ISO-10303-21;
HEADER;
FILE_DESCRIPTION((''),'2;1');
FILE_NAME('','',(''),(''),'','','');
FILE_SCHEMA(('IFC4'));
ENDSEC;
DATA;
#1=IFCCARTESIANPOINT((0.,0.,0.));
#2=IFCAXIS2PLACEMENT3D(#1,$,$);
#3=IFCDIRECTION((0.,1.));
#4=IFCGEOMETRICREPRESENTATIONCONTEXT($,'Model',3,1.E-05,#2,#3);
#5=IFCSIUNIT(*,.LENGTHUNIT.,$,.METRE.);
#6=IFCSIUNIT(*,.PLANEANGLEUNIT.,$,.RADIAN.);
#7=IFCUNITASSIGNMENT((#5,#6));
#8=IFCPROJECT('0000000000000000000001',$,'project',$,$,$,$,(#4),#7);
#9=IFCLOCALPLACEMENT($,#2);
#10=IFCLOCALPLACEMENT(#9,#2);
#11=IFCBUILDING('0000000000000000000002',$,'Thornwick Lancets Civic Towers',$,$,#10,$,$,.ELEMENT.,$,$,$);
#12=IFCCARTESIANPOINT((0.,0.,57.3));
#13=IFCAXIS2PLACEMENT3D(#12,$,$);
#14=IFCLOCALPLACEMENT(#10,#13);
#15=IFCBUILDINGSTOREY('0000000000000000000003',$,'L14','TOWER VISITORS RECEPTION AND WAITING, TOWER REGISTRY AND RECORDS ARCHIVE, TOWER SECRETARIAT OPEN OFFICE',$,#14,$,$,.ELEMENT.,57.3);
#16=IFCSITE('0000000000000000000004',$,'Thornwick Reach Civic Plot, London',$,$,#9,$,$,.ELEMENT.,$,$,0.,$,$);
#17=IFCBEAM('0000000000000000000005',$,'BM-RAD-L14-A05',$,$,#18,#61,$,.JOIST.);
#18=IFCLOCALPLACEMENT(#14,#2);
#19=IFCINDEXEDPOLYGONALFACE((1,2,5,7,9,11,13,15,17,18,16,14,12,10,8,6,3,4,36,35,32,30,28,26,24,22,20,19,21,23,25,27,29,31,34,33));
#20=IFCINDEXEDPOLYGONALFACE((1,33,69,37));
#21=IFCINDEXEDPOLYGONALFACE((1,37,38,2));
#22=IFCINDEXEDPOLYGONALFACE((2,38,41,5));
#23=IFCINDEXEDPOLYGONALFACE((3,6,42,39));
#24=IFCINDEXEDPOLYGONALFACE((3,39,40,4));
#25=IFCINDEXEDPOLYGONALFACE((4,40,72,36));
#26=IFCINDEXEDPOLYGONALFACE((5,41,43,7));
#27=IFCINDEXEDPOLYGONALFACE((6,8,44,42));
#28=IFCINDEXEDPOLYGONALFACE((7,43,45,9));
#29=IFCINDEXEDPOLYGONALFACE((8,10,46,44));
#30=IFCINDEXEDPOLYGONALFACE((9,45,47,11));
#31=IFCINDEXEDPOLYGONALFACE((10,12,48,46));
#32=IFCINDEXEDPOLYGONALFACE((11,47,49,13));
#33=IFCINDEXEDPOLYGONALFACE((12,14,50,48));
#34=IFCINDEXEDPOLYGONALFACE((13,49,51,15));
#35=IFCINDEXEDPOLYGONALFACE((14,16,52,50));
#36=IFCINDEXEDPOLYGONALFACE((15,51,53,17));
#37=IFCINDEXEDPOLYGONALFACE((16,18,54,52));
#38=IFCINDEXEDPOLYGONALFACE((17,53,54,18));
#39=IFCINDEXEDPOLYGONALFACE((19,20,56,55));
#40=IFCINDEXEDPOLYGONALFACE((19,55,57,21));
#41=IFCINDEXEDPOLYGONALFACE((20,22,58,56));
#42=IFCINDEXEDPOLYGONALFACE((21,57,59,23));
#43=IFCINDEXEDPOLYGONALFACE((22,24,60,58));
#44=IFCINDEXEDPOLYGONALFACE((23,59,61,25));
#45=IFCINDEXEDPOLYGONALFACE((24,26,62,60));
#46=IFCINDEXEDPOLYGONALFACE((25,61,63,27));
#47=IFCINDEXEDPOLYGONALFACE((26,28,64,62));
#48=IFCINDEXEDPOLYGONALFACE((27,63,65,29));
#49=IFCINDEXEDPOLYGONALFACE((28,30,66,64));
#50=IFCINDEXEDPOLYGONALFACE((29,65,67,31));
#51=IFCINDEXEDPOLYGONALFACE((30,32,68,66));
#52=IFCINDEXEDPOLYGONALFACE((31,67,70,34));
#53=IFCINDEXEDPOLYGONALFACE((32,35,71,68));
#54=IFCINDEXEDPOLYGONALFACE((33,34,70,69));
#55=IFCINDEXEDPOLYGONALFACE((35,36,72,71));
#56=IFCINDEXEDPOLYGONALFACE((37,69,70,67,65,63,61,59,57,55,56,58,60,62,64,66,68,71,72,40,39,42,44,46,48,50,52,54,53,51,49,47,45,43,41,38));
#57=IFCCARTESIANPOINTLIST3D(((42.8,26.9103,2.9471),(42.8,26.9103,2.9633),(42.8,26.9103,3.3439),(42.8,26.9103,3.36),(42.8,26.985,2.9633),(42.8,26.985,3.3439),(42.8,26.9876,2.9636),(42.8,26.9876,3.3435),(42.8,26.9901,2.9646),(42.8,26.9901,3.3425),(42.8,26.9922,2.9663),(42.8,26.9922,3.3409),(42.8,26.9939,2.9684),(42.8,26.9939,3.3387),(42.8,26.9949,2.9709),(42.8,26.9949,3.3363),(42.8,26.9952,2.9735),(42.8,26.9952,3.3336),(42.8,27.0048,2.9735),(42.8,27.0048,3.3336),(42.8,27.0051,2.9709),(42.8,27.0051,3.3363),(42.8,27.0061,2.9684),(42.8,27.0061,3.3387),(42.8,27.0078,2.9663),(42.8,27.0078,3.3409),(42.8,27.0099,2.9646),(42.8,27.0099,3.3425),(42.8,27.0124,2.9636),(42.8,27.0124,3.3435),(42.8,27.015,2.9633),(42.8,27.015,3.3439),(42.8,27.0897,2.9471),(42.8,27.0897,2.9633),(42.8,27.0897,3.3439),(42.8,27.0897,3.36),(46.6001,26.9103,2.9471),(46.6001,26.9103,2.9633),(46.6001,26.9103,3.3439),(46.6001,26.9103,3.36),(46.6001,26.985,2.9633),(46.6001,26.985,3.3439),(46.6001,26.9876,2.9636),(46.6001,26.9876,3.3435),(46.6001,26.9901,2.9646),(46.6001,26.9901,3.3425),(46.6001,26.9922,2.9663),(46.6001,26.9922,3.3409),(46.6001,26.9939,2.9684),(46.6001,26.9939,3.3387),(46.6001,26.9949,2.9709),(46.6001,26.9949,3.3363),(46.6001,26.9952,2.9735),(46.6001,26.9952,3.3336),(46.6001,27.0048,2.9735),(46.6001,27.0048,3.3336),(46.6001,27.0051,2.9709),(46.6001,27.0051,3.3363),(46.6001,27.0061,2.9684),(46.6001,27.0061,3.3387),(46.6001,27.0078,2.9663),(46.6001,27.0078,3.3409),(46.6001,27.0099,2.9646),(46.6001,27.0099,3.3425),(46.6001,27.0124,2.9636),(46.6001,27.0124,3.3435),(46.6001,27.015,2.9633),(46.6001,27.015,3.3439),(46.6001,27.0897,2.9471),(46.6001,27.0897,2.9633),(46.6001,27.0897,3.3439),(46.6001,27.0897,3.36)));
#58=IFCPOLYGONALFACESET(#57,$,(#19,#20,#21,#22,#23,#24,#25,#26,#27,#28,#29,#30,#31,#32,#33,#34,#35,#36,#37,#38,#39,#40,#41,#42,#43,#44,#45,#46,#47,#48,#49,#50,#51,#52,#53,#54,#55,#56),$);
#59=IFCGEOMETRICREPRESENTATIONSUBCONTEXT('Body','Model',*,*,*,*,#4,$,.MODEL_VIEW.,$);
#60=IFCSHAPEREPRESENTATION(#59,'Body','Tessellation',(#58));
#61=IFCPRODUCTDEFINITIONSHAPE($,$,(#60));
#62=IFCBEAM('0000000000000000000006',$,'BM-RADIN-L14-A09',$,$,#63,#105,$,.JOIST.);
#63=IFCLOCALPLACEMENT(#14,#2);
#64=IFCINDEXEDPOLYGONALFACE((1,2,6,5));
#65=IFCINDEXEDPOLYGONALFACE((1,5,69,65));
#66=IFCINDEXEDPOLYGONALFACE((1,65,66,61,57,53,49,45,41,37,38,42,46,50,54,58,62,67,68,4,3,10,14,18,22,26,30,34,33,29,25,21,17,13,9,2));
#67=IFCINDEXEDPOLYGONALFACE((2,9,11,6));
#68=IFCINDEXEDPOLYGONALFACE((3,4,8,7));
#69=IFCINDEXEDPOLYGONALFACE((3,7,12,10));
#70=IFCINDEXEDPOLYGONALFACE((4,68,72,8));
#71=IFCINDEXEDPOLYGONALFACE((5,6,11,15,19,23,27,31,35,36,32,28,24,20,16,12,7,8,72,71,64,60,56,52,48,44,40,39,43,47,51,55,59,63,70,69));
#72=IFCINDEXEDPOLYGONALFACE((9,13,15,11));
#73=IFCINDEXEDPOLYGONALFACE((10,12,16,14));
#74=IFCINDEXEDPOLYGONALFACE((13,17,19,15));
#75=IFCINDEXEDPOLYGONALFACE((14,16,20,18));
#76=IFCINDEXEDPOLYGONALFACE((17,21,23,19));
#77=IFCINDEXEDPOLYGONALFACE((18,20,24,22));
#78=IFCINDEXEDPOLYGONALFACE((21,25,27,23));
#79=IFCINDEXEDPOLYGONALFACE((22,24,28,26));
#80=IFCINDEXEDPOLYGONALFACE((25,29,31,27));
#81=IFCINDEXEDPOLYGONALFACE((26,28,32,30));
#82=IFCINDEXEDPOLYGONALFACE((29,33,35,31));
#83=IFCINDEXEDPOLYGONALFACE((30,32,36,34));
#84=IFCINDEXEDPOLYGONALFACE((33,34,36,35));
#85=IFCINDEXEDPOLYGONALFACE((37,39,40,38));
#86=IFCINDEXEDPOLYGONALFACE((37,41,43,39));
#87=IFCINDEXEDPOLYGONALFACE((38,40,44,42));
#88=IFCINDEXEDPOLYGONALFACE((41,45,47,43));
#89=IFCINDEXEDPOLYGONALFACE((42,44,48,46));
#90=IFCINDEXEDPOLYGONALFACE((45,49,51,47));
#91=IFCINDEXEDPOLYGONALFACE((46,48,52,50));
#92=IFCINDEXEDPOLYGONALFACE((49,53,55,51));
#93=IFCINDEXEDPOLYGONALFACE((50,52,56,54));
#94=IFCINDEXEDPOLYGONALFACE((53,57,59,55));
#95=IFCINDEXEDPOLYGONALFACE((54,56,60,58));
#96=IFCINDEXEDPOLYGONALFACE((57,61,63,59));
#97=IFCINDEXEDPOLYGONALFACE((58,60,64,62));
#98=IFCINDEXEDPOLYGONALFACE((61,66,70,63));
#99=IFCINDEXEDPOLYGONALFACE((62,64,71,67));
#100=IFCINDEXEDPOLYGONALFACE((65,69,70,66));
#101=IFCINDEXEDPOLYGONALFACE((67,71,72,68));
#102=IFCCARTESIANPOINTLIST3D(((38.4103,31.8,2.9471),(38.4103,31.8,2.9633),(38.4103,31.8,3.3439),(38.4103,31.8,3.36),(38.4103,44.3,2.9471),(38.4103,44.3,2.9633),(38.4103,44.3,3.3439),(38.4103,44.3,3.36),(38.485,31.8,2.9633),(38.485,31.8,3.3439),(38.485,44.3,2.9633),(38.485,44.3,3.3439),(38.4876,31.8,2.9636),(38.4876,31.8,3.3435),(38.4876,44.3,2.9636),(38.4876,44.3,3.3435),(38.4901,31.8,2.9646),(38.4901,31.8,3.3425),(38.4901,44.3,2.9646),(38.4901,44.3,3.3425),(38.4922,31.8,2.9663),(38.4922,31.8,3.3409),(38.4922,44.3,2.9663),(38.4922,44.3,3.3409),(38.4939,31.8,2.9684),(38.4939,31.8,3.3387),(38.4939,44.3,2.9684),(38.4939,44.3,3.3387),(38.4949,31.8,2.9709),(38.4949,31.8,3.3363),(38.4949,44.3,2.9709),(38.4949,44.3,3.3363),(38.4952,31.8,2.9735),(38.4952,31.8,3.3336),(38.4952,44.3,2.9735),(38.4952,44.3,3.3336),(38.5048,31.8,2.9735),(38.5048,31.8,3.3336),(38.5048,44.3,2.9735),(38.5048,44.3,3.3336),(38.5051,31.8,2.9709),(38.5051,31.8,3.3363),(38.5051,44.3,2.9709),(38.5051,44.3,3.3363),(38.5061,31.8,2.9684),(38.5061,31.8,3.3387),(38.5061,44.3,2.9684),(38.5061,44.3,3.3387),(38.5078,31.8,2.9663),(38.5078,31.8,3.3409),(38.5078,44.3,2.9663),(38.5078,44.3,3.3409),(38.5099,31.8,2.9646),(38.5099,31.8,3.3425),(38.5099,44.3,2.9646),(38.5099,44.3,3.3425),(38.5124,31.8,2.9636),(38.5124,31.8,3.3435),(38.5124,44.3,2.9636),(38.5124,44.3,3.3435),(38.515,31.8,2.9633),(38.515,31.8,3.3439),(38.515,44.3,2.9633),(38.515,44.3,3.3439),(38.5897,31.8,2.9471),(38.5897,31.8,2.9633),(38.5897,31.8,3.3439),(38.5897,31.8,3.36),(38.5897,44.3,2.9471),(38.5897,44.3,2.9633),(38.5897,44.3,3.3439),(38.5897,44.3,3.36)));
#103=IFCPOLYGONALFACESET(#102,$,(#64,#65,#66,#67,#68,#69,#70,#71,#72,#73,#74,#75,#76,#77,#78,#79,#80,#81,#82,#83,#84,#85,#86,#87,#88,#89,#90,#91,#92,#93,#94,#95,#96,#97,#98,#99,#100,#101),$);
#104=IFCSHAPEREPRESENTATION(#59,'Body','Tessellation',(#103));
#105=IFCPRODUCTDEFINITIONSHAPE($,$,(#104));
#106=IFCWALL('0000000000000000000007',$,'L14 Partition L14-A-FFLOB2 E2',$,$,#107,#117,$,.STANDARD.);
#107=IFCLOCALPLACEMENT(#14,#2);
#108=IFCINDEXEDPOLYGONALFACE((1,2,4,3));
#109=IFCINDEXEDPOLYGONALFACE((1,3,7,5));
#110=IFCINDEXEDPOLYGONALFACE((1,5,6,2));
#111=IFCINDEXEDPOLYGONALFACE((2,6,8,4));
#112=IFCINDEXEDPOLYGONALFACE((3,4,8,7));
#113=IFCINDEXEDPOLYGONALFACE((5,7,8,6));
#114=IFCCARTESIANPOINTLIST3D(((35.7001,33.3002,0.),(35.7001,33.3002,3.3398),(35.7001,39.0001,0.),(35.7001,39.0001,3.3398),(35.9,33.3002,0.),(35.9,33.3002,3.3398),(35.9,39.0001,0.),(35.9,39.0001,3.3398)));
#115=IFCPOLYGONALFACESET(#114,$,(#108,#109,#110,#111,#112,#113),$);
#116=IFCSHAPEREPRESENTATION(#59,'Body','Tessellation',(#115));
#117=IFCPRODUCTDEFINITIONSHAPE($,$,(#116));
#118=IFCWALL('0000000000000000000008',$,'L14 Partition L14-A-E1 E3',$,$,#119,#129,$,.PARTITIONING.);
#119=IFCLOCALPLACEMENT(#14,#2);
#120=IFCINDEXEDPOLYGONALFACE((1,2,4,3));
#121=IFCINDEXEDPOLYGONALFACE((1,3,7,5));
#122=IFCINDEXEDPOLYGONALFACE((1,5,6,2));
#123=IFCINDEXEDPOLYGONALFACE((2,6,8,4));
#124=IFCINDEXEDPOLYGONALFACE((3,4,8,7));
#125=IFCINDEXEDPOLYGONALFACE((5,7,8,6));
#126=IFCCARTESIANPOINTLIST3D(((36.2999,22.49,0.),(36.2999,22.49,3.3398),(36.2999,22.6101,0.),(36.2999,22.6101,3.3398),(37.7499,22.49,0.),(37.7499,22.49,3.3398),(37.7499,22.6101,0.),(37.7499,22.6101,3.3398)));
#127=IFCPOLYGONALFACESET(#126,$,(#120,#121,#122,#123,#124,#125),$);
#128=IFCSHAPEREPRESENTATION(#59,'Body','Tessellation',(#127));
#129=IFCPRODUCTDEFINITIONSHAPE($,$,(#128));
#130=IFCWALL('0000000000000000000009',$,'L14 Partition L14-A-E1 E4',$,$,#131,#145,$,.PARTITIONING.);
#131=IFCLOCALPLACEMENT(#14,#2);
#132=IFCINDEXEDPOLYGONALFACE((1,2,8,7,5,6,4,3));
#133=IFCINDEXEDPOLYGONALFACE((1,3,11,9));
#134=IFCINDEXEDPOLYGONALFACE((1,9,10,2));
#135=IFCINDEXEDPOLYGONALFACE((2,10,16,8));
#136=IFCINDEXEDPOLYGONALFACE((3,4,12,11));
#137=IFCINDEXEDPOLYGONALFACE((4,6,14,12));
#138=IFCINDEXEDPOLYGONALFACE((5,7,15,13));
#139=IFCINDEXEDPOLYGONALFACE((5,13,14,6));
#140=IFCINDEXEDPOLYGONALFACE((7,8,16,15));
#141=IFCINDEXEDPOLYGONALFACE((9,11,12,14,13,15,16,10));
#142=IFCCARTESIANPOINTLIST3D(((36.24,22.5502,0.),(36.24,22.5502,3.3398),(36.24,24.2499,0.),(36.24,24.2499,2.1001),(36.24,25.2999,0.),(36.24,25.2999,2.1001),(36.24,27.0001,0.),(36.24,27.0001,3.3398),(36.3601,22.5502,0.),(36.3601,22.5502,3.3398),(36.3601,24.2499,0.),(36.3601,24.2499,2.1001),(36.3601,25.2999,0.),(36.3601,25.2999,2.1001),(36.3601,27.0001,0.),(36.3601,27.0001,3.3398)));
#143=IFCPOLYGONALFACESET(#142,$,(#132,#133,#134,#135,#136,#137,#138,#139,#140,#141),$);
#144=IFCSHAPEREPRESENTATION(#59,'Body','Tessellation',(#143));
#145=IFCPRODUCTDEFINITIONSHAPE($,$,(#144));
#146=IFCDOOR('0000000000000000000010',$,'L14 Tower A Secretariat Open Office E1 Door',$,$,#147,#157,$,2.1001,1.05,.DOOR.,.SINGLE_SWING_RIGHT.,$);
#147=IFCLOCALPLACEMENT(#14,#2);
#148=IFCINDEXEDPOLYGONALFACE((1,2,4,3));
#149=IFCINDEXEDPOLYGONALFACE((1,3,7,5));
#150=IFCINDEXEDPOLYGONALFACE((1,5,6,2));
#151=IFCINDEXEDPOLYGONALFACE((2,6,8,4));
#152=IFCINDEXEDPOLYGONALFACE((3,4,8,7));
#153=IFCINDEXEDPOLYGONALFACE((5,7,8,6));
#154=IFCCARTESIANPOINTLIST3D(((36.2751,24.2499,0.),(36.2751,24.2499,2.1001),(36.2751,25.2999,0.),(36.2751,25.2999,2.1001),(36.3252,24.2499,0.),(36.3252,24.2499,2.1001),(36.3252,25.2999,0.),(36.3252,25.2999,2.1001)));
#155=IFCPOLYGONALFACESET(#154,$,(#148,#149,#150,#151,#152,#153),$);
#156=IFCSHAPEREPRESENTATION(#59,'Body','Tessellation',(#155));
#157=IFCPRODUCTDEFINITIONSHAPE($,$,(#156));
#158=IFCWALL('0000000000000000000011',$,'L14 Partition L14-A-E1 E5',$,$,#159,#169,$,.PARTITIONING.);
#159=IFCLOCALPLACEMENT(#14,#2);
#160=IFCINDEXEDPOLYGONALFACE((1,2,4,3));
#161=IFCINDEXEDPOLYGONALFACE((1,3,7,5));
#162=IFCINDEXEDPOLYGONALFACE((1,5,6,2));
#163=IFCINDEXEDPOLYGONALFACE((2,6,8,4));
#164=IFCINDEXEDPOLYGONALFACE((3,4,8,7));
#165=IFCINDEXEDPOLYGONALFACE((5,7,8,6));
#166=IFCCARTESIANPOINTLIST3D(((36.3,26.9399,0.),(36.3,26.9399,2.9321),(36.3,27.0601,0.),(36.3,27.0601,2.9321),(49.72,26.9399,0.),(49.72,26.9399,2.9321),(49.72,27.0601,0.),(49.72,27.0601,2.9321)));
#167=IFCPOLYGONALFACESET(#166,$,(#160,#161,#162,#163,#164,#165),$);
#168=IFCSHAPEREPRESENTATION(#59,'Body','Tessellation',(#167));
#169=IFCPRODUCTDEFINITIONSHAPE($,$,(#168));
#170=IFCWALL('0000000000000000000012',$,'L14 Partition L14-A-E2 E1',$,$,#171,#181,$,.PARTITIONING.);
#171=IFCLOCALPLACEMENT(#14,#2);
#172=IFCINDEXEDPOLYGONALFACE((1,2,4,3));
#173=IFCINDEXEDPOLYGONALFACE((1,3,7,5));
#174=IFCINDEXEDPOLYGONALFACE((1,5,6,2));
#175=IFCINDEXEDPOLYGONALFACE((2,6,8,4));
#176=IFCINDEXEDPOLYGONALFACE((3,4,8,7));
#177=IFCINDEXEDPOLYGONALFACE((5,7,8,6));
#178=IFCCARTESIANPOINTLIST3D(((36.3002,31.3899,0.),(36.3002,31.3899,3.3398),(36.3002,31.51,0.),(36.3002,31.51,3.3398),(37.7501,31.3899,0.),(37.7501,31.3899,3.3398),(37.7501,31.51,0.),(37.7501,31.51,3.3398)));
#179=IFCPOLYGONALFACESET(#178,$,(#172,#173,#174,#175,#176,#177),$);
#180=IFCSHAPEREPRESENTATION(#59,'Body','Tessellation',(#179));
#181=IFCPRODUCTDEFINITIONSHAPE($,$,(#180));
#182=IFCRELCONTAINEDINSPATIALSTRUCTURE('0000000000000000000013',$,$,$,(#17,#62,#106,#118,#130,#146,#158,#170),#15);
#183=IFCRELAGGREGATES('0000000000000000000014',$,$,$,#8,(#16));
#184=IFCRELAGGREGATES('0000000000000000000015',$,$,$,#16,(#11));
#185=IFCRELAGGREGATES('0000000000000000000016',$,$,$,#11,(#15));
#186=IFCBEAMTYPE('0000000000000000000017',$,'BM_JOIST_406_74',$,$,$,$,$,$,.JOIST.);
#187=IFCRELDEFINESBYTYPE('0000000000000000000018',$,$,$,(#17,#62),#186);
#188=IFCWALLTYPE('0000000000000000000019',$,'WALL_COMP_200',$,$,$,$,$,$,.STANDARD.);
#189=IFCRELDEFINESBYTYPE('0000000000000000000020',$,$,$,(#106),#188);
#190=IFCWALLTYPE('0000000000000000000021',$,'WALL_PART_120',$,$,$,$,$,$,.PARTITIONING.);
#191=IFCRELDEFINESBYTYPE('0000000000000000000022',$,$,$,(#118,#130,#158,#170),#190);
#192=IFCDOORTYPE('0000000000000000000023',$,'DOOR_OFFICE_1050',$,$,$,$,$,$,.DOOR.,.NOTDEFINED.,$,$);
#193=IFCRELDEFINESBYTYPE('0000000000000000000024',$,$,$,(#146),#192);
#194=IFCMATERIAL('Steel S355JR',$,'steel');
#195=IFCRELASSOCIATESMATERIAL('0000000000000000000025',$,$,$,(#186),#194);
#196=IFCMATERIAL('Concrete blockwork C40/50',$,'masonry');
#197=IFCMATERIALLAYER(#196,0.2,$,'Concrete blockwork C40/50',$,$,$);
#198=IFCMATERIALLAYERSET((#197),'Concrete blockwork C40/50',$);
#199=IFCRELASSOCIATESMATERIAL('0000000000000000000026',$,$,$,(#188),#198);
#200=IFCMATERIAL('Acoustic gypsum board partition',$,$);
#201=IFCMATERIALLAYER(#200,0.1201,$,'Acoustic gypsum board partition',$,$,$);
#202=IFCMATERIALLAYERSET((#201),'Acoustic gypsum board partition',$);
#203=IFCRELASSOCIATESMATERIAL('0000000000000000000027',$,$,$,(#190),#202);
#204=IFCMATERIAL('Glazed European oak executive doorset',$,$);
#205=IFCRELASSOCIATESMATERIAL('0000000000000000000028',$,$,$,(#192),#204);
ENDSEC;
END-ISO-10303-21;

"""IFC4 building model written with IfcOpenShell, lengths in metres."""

from ifc_helpers import new_model, si_unit, direction, frame, frame_2d, origin, origin_2d, place, context, subcontext, project, spatial, rectangle, i_section, extrude, material, layer, layer_set, material_profile, profile_set, type_object, element, fill, save


model = new_model("IFC4")

# Units and contexts
model_context = context("Model", 3, precision=1e-05, world=origin(), true_north=direction((0.0, 1.0)))
body_context = subcontext(model_context, "Body", "Model", "MODEL_VIEW")
ifc_project = project(units=[si_unit("LENGTHUNIT", "METRE"), si_unit("PLANEANGLEUNIT", "RADIAN")], contexts=[model_context])

# Site, building, storey
site_placement = place(None, origin())
site = spatial("IfcSite", under=ifc_project, at=site_placement, Name="Thornwick Reach Civic Plot, London", CompositionType="ELEMENT", RefElevation=0.0)
building_placement = place(site_placement, origin())
building = spatial("IfcBuilding", under=site, at=building_placement, Name="Thornwick Lancets Civic Towers", CompositionType="ELEMENT")
storey_placement = place(building_placement, frame((0.0, 0.0, 57.3)))
storey = spatial("IfcBuildingStorey", under=building, at=storey_placement, Name="L14", Description="TOWER VISITORS RECEPTION AND WAITING, TOWER REGISTRY AND RECORDS ARCHIVE, TOWER SECRETARIAT OPEN OFFICE", CompositionType="ELEMENT", Elevation=57.3)

# Beams
ifc_material_1 = material(Name="Steel S355JR", Category="steel")
ifc_material_profile_1 = material_profile(ifc_material_1, i_section(OverallWidth=0.1794, OverallDepth=0.4128, WebThickness=0.0095, FlangeThickness=0.0161, FilletRadius=0.0103, at=origin_2d()), Name="UKB 406x178x74")
ifc_profile_set_1 = profile_set([ifc_material_profile_1], Name="Steel S355JR")
beam_type_1 = type_object("IfcBeamType", Name="BM_JOIST_406_74", PredefinedType="JOIST", material=ifc_profile_set_1)
beam_1_placement = place(storey_placement, frame((42.8, 27.0, 3.1536), z_axis=(1.0, 0.0, 0.0), x_axis=(0.0, 1.0, 0.0)))
element("IfcBeam", 1, at=beam_1_placement, inside=storey, type_object=beam_type_1, Name="BM-RAD-L14-A05", PredefinedType="JOIST", context=body_context, shape_type="SweptSolid", body=[
    extrude(i_section(OverallWidth=0.1794, OverallDepth=0.4128, WebThickness=0.0095, FlangeThickness=0.0161, FilletRadius=0.0103, at=origin_2d()), origin(), (0.0, 0.0, 1.0), 3.8),
])
beam_2_placement = place(storey_placement, frame((38.5, 31.8, 3.1536), z_axis=(0.0, 1.0, 0.0), x_axis=(-1.0, 0.0, 0.0)))
element("IfcBeam", 2, at=beam_2_placement, inside=storey, type_object=beam_type_1, Name="BM-RADIN-L14-A09", PredefinedType="JOIST", context=body_context, shape_type="SweptSolid", body=[
    extrude(i_section(OverallWidth=0.1794, OverallDepth=0.4128, WebThickness=0.0095, FlangeThickness=0.0161, FilletRadius=0.0103, at=origin_2d()), origin(), (0.0, 0.0, 1.0), 12.5),
])

# Walls
ifc_material_2 = material(Name="Concrete blockwork C40/50", Category="masonry")
ifc_layer_1 = layer(ifc_material_2, 0.2, Name="Concrete blockwork C40/50")
ifc_layer_set_1 = layer_set([ifc_layer_1], Name="Concrete blockwork C40/50")
wall_type_1 = type_object("IfcWallType", Name="WALL_COMP_200", PredefinedType="STANDARD", material=ifc_layer_set_1)
wall_1_placement = place(storey_placement, frame((35.8, 33.3, 0.0), z_axis=(0.0, 0.0, 1.0), x_axis=(0.0, 1.0, 0.0)))
element("IfcWall", 3, at=wall_1_placement, inside=storey, type_object=wall_type_1, Name="L14 Partition L14-A-FFLOB2 E2", PredefinedType="STANDARD", context=body_context, shape_type="SweptSolid", body=[
    extrude(rectangle(XDim=5.7, YDim=0.2, at=frame_2d((2.8501, 0.0))), origin(), (0.0, 0.0, 1.0), 3.3398),
])
ifc_material_3 = material(Name="Acoustic gypsum board partition")
ifc_layer_2 = layer(ifc_material_3, 0.1201, Name="Acoustic gypsum board partition")
ifc_layer_set_2 = layer_set([ifc_layer_2], Name="Acoustic gypsum board partition")
wall_type_2 = type_object("IfcWallType", Name="WALL_PART_120", PredefinedType="PARTITIONING", material=ifc_layer_set_2)
wall_2_placement = place(storey_placement, frame((37.75, 22.55, 0.0), z_axis=(0.0, 0.0, 1.0), x_axis=(-1.0, 0.0, 0.0)))
element("IfcWall", 4, at=wall_2_placement, inside=storey, type_object=wall_type_2, Name="L14 Partition L14-A-E1 E3", PredefinedType="PARTITIONING", context=body_context, shape_type="SweptSolid", body=[
    extrude(rectangle(XDim=1.45, YDim=0.1201, at=frame_2d((0.7251, 0.0))), origin(), (0.0, 0.0, 1.0), 3.3398),
])

# Wall, opening, door
wall_3_placement = place(storey_placement, frame((36.3, 22.55, 0.0), z_axis=(0.0, 0.0, 1.0), x_axis=(0.0, 1.0, 0.0)))
wall_3 = element("IfcWall", 5, at=wall_3_placement, inside=storey, type_object=wall_type_2, Name="L14 Partition L14-A-E1 E4", PredefinedType="PARTITIONING", context=body_context, shape_type="SweptSolid", body=[
    extrude(rectangle(XDim=4.45, YDim=0.1201, at=frame_2d((2.2251, 0.0))), origin(), (0.0, 0.0, 1.0), 3.3398),
])
opening_1_placement = place(wall_3_placement, frame((1.7, 0.0, 0.0)))
opening_1 = element("IfcOpeningElement", 6, at=opening_1_placement, cuts=wall_3, PredefinedType="OPENING", context=body_context, shape_type="SweptSolid", body=[
    extrude(rectangle(XDim=1.05, YDim=2.1001, at=frame_2d((0.5249, 1.05))), frame((0.0, 0.0701, 0.0), z_axis=(0.0, -1.0, 0.0), x_axis=(1.0, 0.0, 0.0)), (0.0, 0.0, 1.0), 0.1401),
])
ifc_material_4 = material(Name="Glazed European oak executive doorset")
door_type = type_object("IfcDoorType", Name="DOOR_OFFICE_1050", OperationType="NOTDEFINED", PredefinedType="DOOR", material=ifc_material_4)
door_1_placement = place(opening_1_placement, origin())
door_1 = element("IfcDoor", 7, at=door_1_placement, inside=storey, type_object=door_type, Name="L14 Tower A Secretariat Open Office E1 Door", OperationType="SINGLE_SWING_RIGHT", OverallHeight=2.1001, OverallWidth=1.05, PredefinedType="DOOR", context=body_context, shape_type="SweptSolid", body=[
    extrude(rectangle(XDim=1.05, YDim=2.1001, at=frame_2d((0.5249, 1.05))), frame((0.0, 0.0249, 0.0), z_axis=(0.0, -1.0, 0.0), x_axis=(1.0, 0.0, 0.0)), (0.0, 0.0, 1.0), 0.05),
])
fill(opening_1, door_1)

# Walls
wall_4_placement = place(storey_placement, frame((36.3, 27.0, 0.0), z_axis=(0.0, 0.0, 1.0), x_axis=(1.0, 0.0, 0.0)))
element("IfcWall", 8, at=wall_4_placement, inside=storey, type_object=wall_type_2, Name="L14 Partition L14-A-E1 E5", PredefinedType="PARTITIONING", context=body_context, shape_type="SweptSolid", body=[
    extrude(rectangle(XDim=13.4199, YDim=0.1201, at=frame_2d((6.71, 0.0))), origin(), (0.0, 0.0, 1.0), 2.9321),
])
wall_5_placement = place(storey_placement, frame((36.3, 31.45, 0.0), z_axis=(0.0, 0.0, 1.0), x_axis=(1.0, 0.0, 0.0)))
element("IfcWall", 9, at=wall_5_placement, inside=storey, type_object=wall_type_2, Name="L14 Partition L14-A-E2 E1", PredefinedType="PARTITIONING", context=body_context, shape_type="SweptSolid", body=[
    extrude(rectangle(XDim=1.45, YDim=0.1201, at=frame_2d((0.7251, 0.0))), origin(), (0.0, 0.0, 1.0), 3.3398),
])

save(model, "model.ifc")
